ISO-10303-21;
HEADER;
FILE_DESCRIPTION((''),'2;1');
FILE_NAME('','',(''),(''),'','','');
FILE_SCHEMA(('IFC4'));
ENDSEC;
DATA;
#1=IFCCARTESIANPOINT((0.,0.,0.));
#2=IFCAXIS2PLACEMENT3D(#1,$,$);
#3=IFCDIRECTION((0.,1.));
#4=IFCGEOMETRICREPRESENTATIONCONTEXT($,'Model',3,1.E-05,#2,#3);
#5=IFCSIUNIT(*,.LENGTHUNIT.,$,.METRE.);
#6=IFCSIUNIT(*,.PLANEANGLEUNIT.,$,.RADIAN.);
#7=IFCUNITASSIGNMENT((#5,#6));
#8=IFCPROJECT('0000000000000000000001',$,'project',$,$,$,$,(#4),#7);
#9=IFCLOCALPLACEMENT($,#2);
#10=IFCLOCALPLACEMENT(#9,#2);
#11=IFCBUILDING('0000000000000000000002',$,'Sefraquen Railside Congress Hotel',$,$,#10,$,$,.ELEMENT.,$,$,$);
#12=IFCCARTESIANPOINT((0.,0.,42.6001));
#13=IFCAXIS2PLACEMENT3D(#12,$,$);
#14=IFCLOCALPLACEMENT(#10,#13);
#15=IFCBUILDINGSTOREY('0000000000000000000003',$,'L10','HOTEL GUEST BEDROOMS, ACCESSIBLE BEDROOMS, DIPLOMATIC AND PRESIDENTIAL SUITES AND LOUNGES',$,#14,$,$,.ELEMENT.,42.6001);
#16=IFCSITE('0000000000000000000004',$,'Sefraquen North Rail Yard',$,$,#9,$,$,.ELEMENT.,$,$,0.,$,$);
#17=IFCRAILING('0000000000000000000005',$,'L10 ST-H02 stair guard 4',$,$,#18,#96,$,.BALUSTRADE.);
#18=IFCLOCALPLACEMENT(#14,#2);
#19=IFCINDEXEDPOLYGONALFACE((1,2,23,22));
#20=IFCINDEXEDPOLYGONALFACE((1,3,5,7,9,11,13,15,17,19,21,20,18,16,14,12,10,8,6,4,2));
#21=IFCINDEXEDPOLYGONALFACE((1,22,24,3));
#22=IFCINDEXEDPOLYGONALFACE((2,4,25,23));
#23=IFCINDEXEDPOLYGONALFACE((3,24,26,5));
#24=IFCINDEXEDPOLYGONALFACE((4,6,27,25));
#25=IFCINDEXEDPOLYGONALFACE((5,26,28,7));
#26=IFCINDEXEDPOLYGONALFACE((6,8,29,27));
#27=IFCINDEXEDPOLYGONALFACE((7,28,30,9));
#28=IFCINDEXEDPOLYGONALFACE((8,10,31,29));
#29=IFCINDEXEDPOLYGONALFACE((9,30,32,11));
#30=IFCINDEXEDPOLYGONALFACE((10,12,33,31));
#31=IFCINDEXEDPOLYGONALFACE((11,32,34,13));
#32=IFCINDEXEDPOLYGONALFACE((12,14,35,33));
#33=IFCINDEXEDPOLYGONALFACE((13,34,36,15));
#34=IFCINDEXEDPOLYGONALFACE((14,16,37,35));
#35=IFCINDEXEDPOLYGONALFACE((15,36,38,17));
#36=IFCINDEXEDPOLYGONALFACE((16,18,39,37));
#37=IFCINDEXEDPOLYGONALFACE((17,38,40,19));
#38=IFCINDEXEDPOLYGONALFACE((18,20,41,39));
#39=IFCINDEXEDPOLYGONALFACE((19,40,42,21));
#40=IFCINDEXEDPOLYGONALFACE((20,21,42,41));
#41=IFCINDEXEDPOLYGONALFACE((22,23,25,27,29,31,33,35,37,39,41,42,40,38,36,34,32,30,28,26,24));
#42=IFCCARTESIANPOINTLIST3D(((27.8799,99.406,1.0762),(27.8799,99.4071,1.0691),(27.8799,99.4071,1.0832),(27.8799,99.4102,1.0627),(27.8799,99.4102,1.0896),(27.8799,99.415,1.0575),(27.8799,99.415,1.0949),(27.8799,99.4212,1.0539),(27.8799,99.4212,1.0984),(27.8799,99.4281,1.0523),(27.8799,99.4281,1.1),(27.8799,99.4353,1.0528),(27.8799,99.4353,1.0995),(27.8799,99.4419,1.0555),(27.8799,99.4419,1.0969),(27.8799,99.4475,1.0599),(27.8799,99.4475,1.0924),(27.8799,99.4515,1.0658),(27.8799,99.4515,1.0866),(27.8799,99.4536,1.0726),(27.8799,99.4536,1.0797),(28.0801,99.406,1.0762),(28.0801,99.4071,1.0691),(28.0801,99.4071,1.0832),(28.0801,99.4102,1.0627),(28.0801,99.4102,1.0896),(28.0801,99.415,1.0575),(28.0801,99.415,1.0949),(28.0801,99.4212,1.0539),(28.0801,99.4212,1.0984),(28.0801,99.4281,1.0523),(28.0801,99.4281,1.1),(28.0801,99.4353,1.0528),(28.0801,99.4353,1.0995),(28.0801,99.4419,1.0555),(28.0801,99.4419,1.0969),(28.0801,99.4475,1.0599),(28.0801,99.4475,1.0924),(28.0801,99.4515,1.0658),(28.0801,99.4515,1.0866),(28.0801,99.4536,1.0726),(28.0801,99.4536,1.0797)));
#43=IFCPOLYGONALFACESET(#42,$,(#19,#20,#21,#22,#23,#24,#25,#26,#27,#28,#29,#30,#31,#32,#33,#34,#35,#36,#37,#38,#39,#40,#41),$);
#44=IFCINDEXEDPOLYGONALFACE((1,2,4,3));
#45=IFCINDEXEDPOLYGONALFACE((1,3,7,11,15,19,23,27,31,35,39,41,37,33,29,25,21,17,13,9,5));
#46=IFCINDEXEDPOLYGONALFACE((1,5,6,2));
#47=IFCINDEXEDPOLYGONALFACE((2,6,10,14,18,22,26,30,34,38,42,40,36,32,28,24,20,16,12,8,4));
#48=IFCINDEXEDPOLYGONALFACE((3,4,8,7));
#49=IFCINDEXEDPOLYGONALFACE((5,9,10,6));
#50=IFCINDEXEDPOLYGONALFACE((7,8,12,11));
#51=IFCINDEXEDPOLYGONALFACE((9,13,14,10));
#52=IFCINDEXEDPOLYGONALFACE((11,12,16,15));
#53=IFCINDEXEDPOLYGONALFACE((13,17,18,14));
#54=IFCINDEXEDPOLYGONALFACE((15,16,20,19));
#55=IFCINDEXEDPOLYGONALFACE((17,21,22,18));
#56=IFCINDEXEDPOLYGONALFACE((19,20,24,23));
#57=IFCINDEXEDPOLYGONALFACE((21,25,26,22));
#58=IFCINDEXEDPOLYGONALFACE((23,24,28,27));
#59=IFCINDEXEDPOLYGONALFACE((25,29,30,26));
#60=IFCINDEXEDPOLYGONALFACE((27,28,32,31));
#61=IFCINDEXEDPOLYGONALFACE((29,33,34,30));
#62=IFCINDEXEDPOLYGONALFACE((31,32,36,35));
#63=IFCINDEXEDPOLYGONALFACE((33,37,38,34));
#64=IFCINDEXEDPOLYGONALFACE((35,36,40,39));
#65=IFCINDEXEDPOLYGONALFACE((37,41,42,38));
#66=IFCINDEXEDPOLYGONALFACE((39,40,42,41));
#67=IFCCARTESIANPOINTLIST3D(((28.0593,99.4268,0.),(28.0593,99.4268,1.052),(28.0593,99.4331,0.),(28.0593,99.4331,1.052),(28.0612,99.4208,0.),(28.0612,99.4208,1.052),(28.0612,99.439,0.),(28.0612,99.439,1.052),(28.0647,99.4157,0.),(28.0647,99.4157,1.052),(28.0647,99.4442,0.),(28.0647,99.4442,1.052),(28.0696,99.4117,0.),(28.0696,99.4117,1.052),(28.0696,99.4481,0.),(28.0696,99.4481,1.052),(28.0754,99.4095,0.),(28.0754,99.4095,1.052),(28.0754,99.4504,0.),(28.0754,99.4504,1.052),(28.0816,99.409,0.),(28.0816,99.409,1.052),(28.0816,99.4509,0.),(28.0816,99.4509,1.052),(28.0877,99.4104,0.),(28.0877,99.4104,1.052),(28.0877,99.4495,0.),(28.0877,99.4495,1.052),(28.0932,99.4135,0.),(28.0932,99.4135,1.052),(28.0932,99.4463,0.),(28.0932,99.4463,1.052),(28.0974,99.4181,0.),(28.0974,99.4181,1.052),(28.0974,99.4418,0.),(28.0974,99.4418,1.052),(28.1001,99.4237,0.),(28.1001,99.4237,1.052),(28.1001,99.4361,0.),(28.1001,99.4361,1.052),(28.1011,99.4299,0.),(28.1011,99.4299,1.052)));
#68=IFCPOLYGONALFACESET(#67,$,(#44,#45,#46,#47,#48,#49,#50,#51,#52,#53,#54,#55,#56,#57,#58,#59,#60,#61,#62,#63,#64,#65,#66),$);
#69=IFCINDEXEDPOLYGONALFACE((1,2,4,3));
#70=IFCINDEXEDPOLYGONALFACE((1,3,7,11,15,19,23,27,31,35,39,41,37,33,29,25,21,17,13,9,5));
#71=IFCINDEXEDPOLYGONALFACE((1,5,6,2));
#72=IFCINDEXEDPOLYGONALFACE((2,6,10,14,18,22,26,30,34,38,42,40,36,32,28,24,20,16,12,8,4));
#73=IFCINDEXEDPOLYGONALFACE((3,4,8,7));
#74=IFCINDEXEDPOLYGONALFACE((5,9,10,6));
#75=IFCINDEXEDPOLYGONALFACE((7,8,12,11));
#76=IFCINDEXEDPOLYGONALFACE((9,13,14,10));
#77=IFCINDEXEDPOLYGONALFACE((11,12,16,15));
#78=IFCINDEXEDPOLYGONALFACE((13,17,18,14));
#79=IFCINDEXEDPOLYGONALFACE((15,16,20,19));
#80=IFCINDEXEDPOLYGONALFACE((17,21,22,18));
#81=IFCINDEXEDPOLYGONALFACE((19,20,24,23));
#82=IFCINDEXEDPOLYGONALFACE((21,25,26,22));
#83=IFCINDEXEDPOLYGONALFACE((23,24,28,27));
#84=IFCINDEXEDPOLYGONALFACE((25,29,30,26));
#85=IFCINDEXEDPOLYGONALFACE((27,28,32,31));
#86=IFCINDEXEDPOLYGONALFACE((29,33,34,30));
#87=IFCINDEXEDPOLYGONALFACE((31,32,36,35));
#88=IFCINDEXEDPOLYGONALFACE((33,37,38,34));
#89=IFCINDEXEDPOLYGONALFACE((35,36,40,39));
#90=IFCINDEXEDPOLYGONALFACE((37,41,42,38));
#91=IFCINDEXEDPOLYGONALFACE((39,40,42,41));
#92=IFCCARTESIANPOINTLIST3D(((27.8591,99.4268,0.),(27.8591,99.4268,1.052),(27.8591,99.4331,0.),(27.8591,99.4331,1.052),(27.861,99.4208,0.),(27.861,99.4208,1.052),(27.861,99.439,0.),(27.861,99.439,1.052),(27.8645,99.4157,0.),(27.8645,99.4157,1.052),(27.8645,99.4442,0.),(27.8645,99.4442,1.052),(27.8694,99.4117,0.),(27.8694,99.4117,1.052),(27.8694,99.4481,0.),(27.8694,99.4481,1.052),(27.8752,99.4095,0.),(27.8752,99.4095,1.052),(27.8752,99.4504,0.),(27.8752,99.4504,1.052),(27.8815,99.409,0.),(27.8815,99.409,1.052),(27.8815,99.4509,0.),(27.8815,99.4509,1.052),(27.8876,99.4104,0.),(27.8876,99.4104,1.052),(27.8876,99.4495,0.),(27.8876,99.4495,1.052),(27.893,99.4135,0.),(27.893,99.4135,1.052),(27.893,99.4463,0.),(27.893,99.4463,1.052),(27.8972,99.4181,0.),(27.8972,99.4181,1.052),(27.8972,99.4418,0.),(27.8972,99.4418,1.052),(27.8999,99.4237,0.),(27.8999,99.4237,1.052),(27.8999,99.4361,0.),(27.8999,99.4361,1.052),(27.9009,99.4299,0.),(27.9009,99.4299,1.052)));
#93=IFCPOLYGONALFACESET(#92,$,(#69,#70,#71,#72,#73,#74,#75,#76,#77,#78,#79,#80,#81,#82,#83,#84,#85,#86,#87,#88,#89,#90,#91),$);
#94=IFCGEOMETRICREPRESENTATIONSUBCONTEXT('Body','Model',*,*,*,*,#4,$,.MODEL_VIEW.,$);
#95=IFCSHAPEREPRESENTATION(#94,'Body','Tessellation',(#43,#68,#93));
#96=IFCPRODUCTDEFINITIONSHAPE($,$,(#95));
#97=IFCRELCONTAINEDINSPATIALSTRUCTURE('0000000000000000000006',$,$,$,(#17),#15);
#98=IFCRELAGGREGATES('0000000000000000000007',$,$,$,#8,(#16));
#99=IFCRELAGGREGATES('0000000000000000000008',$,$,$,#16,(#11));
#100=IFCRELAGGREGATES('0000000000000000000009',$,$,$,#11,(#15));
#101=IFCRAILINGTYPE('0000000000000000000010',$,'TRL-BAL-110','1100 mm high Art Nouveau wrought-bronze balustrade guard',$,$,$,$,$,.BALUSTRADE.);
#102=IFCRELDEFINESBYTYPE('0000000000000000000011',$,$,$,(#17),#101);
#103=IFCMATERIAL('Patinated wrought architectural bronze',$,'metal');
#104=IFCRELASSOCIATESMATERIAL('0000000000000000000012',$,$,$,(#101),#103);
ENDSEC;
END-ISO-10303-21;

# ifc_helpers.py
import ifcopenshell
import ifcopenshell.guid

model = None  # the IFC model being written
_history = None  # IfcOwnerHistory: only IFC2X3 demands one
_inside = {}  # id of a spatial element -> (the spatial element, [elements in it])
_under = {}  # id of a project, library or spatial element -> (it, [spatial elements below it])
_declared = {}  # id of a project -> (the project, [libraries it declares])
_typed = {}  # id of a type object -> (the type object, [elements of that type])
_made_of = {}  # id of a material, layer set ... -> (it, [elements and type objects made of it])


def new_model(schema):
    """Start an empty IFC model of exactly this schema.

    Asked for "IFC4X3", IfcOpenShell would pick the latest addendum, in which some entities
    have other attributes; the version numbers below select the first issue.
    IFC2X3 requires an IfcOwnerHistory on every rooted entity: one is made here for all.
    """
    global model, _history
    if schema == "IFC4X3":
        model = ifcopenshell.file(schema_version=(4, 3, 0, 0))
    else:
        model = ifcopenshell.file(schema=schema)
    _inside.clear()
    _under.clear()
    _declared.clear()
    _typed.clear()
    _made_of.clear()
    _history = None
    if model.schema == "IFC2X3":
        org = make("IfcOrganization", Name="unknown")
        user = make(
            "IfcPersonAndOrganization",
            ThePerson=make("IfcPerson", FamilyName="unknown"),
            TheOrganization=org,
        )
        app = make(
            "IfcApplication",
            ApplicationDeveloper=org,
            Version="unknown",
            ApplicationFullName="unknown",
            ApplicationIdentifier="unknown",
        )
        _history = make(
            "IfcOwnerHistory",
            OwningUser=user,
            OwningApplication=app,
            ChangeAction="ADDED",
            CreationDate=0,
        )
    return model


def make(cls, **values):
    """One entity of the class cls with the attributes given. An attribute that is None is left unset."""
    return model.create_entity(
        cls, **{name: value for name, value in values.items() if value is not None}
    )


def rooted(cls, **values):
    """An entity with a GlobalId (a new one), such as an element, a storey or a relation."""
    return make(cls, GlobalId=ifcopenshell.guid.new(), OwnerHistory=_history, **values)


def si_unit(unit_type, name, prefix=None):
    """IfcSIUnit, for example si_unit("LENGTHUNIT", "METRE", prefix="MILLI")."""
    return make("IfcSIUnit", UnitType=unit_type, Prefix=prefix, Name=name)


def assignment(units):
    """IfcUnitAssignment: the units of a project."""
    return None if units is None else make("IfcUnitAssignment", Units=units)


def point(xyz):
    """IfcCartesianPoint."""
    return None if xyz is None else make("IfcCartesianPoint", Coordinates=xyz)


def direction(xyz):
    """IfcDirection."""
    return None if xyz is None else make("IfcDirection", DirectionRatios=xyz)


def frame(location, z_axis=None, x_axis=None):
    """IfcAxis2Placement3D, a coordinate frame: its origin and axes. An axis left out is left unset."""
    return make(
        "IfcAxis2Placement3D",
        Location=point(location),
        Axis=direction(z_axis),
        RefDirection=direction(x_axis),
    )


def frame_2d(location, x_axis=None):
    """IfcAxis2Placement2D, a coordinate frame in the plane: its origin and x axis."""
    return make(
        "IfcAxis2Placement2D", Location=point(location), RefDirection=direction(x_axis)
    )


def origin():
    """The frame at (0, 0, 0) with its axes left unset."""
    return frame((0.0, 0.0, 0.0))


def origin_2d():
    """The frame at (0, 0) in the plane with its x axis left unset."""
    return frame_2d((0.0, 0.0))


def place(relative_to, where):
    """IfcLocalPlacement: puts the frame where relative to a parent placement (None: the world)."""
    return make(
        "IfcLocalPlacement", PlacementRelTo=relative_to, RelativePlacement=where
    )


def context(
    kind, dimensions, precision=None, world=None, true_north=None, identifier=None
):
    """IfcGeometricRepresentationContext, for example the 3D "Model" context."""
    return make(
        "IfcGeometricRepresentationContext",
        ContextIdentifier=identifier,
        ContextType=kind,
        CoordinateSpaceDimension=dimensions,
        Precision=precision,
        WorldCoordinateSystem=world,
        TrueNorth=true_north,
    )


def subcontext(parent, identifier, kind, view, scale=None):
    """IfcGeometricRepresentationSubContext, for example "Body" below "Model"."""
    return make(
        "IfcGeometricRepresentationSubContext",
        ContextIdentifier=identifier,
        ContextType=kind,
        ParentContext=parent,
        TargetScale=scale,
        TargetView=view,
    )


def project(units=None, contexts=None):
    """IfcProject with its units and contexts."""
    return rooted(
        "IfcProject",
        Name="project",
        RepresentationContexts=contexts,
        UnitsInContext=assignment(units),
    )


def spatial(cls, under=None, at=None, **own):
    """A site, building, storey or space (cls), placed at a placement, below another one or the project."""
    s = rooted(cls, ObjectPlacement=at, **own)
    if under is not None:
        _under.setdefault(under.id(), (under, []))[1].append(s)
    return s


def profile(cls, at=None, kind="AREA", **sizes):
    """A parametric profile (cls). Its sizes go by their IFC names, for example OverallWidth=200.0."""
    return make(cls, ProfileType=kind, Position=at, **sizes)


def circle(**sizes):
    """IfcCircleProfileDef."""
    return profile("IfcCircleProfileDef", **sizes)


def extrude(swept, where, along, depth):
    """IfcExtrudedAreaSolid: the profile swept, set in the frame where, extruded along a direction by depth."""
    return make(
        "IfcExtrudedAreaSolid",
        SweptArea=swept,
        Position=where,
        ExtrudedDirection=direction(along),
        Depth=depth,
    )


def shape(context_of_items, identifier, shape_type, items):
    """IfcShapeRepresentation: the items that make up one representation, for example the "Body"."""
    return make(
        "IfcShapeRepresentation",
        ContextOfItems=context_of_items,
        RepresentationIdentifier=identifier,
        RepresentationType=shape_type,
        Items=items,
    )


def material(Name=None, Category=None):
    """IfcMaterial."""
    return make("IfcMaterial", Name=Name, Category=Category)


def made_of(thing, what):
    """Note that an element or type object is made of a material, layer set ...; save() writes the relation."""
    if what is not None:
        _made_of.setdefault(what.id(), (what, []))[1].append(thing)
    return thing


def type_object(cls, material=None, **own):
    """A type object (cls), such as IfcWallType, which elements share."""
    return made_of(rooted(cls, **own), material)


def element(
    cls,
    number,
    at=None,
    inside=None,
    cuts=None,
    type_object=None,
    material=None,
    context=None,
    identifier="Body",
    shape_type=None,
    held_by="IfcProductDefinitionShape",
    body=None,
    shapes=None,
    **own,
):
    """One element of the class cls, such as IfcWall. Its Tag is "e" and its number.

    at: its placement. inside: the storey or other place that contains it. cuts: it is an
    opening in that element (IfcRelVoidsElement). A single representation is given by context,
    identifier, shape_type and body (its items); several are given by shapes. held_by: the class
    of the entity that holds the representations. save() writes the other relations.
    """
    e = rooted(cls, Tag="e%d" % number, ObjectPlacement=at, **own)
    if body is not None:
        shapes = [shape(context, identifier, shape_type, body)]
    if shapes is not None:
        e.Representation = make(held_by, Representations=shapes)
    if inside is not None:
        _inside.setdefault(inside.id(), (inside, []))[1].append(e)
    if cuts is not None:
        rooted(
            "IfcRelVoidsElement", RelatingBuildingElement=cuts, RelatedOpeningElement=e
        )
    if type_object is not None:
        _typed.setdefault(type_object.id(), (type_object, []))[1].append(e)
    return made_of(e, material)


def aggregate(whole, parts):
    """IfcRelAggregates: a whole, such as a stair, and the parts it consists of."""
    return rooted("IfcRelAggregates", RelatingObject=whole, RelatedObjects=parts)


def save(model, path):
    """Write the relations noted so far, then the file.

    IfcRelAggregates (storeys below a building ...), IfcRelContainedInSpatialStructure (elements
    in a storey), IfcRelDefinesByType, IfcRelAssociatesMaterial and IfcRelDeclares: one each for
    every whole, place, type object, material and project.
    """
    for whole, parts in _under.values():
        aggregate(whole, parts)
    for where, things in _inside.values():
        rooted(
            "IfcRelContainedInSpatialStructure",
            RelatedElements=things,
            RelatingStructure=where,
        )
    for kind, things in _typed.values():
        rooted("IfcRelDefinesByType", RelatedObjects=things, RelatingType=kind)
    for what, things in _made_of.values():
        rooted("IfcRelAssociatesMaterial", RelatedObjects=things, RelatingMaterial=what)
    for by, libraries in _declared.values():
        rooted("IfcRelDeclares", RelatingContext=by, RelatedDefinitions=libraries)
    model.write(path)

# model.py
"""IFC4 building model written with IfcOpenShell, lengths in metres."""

from ifc_helpers import new_model, si_unit, direction, frame, origin, origin_2d, place, context, subcontext, project, spatial, circle, extrude, material, type_object, element, save


model = new_model("IFC4")

# Units and contexts
model_context = context("Model", 3, precision=1e-05, world=origin(), true_north=direction((0.0, 1.0)))
body_context = subcontext(model_context, "Body", "Model", "MODEL_VIEW")
ifc_project = project(units=[si_unit("LENGTHUNIT", "METRE"), si_unit("PLANEANGLEUNIT", "RADIAN")], contexts=[model_context])

# Site, building, storey
site_placement = place(None, origin())
site = spatial("IfcSite", under=ifc_project, at=site_placement, Name="Sefraquen North Rail Yard", CompositionType="ELEMENT", RefElevation=0.0)
building_placement = place(site_placement, origin())
building = spatial("IfcBuilding", under=site, at=building_placement, Name="Sefraquen Railside Congress Hotel", CompositionType="ELEMENT")
storey_placement = place(building_placement, frame((0.0, 0.0, 42.6001)))
storey = spatial("IfcBuildingStorey", under=building, at=storey_placement, Name="L10", Description="HOTEL GUEST BEDROOMS, ACCESSIBLE BEDROOMS, DIPLOMATIC AND PRESIDENTIAL SUITES AND LOUNGES", CompositionType="ELEMENT", Elevation=42.6001)

# Railing
ifc_material_1 = material(Name="Patinated wrought architectural bronze", Category="metal")
railing_type_1 = type_object("IfcRailingType", Name="TRL-BAL-110", Description="1100 mm high Art Nouveau wrought-bronze balustrade guard", PredefinedType="BALUSTRADE", material=ifc_material_1)
railing_1_placement = place(storey_placement, frame((28.0801, 99.4299, 0.0)))
element("IfcRailing", 1, at=railing_1_placement, inside=storey, type_object=railing_type_1, Name="L10 ST-H02 stair guard 4", PredefinedType="BALUSTRADE", context=body_context, shape_type="SweptSolid", body=[
    extrude(circle(Radius=0.0239, at=origin_2d()), frame((0.0, 0.0, 1.0762), z_axis=(-1.0, 0.0, 0.0), x_axis=(0.0, -1.0, 0.0)), (0.0, 0.0, 1.0), 0.2002),
    extrude(circle(Radius=0.021, at=origin_2d()), origin(), (0.0, 0.0, 1.0), 1.052),
    extrude(circle(Radius=0.021, at=origin_2d()), frame((-0.2002, 0.0, 0.0)), (0.0, 0.0, 1.0), 1.052),
])

save(model, "model.ifc")
